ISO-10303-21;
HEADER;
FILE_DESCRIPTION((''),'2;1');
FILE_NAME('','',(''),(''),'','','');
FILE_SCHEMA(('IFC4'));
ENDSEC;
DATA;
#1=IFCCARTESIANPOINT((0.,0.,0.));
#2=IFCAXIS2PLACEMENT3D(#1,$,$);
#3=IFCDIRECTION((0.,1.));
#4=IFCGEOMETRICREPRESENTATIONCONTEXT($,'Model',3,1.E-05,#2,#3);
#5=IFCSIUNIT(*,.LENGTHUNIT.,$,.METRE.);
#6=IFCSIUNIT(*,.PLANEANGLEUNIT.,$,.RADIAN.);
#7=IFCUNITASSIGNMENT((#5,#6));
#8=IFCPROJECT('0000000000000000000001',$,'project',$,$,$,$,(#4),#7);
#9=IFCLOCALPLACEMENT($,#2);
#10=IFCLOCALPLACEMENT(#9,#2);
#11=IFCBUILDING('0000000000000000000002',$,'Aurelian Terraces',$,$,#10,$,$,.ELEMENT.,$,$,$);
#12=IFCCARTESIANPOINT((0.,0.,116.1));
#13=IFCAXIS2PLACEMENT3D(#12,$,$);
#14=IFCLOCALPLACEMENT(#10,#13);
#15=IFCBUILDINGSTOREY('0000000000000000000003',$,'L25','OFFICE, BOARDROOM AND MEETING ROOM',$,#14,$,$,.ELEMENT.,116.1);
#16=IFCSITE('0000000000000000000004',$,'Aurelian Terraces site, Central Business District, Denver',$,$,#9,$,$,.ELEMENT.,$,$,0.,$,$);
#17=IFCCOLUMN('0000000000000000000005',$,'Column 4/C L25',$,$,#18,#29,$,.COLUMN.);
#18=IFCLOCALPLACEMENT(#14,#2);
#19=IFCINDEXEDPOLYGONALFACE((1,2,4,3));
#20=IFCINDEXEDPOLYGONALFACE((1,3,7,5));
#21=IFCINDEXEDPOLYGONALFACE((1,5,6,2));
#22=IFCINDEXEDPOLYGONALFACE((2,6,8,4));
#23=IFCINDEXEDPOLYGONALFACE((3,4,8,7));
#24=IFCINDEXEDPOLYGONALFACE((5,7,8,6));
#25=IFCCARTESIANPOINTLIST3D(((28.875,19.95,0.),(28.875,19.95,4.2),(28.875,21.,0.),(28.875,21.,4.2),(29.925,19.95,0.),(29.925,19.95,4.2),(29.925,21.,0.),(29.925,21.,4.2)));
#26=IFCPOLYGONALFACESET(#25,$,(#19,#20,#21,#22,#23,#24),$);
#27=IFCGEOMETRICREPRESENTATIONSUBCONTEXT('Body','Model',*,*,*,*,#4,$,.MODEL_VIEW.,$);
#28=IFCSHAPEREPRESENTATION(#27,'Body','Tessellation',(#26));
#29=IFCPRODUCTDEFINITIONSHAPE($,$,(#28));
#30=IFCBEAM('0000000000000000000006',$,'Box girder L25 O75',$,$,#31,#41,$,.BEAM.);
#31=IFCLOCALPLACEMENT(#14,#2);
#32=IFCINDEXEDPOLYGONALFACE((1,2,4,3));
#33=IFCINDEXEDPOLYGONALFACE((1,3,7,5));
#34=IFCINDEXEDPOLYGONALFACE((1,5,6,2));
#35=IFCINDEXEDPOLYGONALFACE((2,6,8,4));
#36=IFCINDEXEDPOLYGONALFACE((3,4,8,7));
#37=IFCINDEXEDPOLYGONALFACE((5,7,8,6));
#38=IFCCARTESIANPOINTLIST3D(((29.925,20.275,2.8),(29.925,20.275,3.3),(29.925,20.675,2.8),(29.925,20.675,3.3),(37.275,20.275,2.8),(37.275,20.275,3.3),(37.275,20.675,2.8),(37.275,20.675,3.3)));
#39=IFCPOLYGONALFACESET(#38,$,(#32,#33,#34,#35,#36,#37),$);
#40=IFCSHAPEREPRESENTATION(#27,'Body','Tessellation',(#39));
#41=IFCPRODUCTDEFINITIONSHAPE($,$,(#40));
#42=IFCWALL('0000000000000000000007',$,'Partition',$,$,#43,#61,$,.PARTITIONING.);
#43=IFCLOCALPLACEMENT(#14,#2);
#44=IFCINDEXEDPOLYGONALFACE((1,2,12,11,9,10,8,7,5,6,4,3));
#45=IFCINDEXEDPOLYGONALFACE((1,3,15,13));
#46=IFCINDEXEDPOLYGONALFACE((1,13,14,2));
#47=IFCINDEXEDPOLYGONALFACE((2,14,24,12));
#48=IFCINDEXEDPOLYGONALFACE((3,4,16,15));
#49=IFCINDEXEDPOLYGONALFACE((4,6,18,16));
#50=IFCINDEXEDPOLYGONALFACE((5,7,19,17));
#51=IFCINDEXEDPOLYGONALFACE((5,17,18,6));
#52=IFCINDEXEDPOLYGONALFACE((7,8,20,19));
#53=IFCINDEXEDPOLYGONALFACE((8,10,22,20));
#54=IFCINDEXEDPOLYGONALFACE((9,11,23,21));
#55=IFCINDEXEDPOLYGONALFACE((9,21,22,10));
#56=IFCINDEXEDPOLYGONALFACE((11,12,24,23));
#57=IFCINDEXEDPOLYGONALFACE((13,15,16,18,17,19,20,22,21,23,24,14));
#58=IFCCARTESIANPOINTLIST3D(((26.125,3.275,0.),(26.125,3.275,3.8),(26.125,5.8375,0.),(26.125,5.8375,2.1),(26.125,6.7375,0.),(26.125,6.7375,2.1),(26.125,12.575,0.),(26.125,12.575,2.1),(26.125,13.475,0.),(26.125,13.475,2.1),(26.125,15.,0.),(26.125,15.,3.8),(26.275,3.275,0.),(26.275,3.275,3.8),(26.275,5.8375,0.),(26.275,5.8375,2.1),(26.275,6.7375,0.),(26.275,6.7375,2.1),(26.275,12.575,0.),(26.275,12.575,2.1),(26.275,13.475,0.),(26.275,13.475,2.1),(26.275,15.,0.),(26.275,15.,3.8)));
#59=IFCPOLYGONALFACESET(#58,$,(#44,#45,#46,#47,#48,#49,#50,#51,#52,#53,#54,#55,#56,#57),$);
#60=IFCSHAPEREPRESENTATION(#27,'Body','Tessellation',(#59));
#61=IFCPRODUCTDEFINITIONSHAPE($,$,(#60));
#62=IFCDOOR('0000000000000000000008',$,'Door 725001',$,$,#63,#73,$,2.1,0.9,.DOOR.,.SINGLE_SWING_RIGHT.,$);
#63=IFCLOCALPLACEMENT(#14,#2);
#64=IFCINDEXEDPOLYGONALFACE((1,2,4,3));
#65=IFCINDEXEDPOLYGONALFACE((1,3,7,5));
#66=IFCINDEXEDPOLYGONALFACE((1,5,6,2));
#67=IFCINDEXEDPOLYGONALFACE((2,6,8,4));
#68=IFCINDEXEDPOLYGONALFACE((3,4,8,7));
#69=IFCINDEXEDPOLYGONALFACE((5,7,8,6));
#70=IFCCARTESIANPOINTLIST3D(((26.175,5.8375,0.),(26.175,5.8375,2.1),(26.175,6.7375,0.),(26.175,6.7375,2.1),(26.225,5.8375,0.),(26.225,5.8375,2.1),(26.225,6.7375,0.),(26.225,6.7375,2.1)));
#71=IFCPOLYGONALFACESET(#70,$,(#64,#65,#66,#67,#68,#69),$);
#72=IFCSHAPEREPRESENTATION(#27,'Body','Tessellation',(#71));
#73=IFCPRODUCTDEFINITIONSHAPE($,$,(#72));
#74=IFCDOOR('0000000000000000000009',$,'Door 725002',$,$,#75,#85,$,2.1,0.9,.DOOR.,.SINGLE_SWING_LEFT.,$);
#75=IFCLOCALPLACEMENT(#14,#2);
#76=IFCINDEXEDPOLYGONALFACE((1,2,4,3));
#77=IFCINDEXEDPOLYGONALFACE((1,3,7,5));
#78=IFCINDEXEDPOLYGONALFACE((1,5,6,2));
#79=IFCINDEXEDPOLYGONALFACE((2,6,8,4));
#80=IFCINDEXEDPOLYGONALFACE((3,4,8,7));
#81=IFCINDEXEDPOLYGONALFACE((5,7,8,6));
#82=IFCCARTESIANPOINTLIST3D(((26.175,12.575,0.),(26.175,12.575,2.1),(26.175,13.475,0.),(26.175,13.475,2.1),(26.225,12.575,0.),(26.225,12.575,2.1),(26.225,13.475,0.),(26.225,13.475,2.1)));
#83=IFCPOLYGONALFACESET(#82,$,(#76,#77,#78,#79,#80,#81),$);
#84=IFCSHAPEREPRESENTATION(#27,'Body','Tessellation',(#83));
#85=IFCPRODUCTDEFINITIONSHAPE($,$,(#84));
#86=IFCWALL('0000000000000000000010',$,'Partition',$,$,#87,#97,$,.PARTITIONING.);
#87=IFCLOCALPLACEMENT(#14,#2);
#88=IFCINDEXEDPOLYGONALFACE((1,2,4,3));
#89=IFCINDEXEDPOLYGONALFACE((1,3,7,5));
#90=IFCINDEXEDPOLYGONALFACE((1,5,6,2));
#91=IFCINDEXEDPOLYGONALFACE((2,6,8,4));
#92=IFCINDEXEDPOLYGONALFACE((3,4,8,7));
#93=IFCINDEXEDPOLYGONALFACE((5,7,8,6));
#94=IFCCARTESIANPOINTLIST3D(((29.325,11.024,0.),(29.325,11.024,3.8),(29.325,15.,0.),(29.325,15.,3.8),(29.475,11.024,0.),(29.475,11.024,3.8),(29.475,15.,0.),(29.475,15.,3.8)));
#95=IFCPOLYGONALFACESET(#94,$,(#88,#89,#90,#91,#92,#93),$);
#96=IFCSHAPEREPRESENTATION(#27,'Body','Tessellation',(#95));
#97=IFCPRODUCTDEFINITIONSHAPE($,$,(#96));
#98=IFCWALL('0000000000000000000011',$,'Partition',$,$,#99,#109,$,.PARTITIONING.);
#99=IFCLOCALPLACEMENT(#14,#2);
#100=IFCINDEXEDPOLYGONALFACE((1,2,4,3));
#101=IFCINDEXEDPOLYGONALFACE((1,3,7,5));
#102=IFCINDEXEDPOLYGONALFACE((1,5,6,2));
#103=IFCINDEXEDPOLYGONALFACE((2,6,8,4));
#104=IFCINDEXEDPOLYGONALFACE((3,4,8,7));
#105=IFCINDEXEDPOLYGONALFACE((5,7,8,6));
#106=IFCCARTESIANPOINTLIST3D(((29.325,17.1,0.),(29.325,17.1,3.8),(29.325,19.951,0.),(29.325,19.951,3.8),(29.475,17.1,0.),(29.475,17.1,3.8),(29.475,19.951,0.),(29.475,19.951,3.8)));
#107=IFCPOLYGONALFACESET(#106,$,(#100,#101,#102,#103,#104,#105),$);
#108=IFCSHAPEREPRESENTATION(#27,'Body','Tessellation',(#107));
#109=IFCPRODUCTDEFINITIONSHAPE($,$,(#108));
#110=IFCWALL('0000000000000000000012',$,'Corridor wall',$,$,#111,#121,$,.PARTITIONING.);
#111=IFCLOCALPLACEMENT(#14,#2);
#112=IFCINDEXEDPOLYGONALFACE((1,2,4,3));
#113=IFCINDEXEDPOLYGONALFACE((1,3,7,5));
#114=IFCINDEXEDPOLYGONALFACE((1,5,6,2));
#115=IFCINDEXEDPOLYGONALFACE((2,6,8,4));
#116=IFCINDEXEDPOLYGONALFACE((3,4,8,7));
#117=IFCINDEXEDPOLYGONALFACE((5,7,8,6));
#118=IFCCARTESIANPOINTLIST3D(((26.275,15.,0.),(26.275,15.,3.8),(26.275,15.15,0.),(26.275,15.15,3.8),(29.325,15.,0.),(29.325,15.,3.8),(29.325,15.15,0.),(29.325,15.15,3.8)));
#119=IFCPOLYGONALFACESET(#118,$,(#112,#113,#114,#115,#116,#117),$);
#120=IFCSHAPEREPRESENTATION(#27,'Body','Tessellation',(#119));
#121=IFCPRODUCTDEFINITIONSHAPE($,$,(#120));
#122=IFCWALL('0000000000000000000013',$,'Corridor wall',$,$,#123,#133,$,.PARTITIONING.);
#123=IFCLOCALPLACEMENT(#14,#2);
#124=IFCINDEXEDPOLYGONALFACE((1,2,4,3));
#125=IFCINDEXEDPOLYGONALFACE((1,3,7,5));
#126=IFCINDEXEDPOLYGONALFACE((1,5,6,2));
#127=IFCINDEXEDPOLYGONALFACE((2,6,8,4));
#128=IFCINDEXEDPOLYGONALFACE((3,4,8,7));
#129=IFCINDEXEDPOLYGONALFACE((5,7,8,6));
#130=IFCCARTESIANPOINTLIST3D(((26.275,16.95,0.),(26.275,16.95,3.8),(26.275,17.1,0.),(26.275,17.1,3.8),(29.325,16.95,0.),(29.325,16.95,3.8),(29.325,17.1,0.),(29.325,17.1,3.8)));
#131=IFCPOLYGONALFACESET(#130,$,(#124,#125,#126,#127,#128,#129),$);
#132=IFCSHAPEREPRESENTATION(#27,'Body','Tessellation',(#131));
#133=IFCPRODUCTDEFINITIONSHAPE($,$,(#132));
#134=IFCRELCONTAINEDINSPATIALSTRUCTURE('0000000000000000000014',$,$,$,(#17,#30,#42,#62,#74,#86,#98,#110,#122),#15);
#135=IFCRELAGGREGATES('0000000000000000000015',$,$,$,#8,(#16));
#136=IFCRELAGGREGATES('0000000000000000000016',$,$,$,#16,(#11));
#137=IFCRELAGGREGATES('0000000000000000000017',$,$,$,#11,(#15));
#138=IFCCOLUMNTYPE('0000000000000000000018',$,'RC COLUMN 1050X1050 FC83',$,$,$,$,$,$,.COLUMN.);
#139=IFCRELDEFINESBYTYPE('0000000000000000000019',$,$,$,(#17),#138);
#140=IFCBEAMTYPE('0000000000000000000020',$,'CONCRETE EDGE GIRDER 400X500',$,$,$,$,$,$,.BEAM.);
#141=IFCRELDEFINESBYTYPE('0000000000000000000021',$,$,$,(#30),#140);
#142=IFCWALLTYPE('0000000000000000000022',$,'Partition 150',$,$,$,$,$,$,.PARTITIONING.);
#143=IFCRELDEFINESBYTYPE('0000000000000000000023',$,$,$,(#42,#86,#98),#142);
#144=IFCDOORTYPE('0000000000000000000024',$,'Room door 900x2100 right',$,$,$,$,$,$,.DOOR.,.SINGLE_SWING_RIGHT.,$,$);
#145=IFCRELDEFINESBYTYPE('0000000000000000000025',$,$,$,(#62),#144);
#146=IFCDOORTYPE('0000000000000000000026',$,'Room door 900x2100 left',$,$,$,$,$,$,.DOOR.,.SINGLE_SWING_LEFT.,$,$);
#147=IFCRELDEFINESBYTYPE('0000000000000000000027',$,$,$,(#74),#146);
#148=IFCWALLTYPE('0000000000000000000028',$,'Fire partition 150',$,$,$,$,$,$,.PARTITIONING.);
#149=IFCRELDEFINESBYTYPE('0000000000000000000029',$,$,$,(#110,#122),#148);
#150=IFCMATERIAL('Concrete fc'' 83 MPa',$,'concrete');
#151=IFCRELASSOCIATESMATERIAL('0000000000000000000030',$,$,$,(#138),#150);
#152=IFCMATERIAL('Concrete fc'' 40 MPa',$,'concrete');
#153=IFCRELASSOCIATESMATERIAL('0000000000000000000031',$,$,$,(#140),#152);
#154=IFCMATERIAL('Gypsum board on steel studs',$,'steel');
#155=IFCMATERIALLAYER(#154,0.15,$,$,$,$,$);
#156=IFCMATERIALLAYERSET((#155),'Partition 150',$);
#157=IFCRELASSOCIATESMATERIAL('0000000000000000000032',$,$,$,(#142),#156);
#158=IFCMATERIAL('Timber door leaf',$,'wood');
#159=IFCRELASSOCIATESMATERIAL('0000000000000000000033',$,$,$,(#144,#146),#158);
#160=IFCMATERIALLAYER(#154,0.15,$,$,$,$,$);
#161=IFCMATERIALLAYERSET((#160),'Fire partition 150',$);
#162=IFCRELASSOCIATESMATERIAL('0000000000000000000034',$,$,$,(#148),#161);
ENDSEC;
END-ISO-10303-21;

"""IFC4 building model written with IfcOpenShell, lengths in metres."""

from ifc_helpers import new_model, si_unit, direction, frame, frame_2d, origin, origin_2d, place, context, subcontext, project, spatial, rectangle, extrude, source, transform, mapped, material, layer, layer_set, material_profile, profile_set, type_object, element, fill, save


model = new_model("IFC4")

# Units and contexts
model_context = context("Model", 3, precision=1e-05, world=origin(), true_north=direction((0.0, 1.0)))
body_context = subcontext(model_context, "Body", "Model", "MODEL_VIEW")
ifc_project = project(units=[si_unit("LENGTHUNIT", "METRE"), si_unit("PLANEANGLEUNIT", "RADIAN")], contexts=[model_context])

# Site, building, storey
site_placement = place(None, origin())
site = spatial("IfcSite", under=ifc_project, at=site_placement, Name="Aurelian Terraces site, Central Business District, Denver", CompositionType="ELEMENT", RefElevation=0.0)
building_placement = place(site_placement, origin())
building = spatial("IfcBuilding", under=site, at=building_placement, Name="Aurelian Terraces", CompositionType="ELEMENT")
storey_placement = place(building_placement, frame((0.0, 0.0, 116.1)))
storey = spatial("IfcBuildingStorey", under=building, at=storey_placement, Name="L25", Description="OFFICE, BOARDROOM AND MEETING ROOM", CompositionType="ELEMENT", Elevation=116.1)

# Column
ifc_material_1 = material(Name="Concrete fc' 83 MPa", Category="concrete")
ifc_material_profile_1 = material_profile(ifc_material_1, rectangle(XDim=1.05, YDim=1.05, at=origin_2d()))
ifc_profile_set_1 = profile_set([ifc_material_profile_1], Name="Concrete fc' 83 MPa")
column_type = type_object("IfcColumnType", Name="RC COLUMN 1050X1050 FC83", PredefinedType="COLUMN", material=ifc_profile_set_1)
shared_shape_1 = source(origin(), body_context, "Body", "SweptSolid", [
    extrude(rectangle(XDim=1.05, YDim=1.05, at=origin_2d()), origin(), (0.0, 0.0, 1.0), 4.2),
])
column_placement = place(storey_placement, frame((29.4, 20.475, 0.0), z_axis=(0.0, 0.0, 1.0), x_axis=(1.0, 0.0, 0.0)))
element("IfcColumn", 1, at=column_placement, inside=storey, type_object=column_type, Name="Column 4/C L25", PredefinedType="COLUMN", context=body_context, shape_type="MappedRepresentation", body=[
    mapped(shared_shape_1, transform((0.0, 0.0, 0.0), scale=1.0)),
])

# Beam
ifc_material_2 = material(Name="Concrete fc' 40 MPa", Category="concrete")
ifc_material_profile_2 = material_profile(ifc_material_2, rectangle(XDim=0.4, YDim=0.5, at=origin_2d()))
ifc_profile_set_2 = profile_set([ifc_material_profile_2], Name="Concrete fc' 40 MPa")
beam_type = type_object("IfcBeamType", Name="CONCRETE EDGE GIRDER 400X500", PredefinedType="BEAM", material=ifc_profile_set_2)
shared_shape_2 = source(origin(), body_context, "Body", "SweptSolid", [
    extrude(rectangle(XDim=0.4, YDim=0.5, at=origin_2d()), origin(), (0.0, 0.0, 1.0), 7.35),
])
beam_placement = place(storey_placement, frame((29.925, 20.475, 3.05), z_axis=(1.0, 0.0, 0.0), x_axis=(0.0, 1.0, 0.0)))
element("IfcBeam", 2, at=beam_placement, inside=storey, type_object=beam_type, Name="Box girder L25 O75", PredefinedType="BEAM", context=body_context, shape_type="MappedRepresentation", body=[
    mapped(shared_shape_2, transform((0.0, 0.0, 0.0), scale=1.0)),
])

# Wall, openings, doors
ifc_material_3 = material(Name="Gypsum board on steel studs", Category="steel")
ifc_layer_1 = layer(ifc_material_3, 0.15)
ifc_layer_set_1 = layer_set([ifc_layer_1], Name="Partition 150")
wall_type_1 = type_object("IfcWallType", Name="Partition 150", PredefinedType="PARTITIONING", material=ifc_layer_set_1)
wall_1_placement = place(storey_placement, frame((26.2, 15.0, 0.0), z_axis=(0.0, 0.0, 1.0), x_axis=(0.0, -1.0, 0.0)))
wall_1 = element("IfcWall", 3, at=wall_1_placement, inside=storey, type_object=wall_type_1, Name="Partition", PredefinedType="PARTITIONING", context=body_context, shape_type="SweptSolid", body=[
    extrude(rectangle(XDim=11.725, YDim=0.15, at=frame_2d((5.8625, 0.0))), origin(), (0.0, 0.0, 1.0), 3.8),
])
shared_shape_3 = source(origin(), body_context, "Body", "SweptSolid", [
    extrude(rectangle(XDim=0.9, YDim=2.1, at=frame_2d((0.45, 1.05))), frame((0.0, 0.085, 0.0), z_axis=(0.0, -1.0, 0.0), x_axis=(1.0, 0.0, 0.0)), (0.0, 0.0, 1.0), 0.17),
])
opening_1_placement = place(wall_1_placement, frame((8.2625, 0.0, 0.0)))
opening_1 = element("IfcOpeningElement", 4, at=opening_1_placement, cuts=wall_1, PredefinedType="OPENING", context=body_context, shape_type="MappedRepresentation", body=[
    mapped(shared_shape_3, transform((0.0, 0.0, 0.0), scale=1.0)),
])
opening_2_placement = place(wall_1_placement, frame((1.525, 0.0, 0.0)))
opening_2 = element("IfcOpeningElement", 5, at=opening_2_placement, cuts=wall_1, PredefinedType="OPENING", context=body_context, shape_type="MappedRepresentation", body=[
    mapped(shared_shape_3, transform((0.0, 0.0, 0.0), scale=1.0)),
])
ifc_material_4 = material(Name="Timber door leaf", Category="wood")
door_type_1 = type_object("IfcDoorType", Name="Room door 900x2100 right", OperationType="SINGLE_SWING_RIGHT", PredefinedType="DOOR", material=ifc_material_4)
shared_shape_4 = source(origin(), body_context, "Body", "SweptSolid", [
    extrude(rectangle(XDim=0.9, YDim=2.1, at=frame_2d((0.45, 1.05))), frame((0.0, 0.025, 0.0), z_axis=(0.0, -1.0, 0.0), x_axis=(1.0, 0.0, 0.0)), (0.0, 0.0, 1.0), 0.05),
])
door_1_placement = place(opening_1_placement, origin())
door_1 = element("IfcDoor", 6, at=door_1_placement, inside=storey, type_object=door_type_1, Name="Door 725001", OperationType="SINGLE_SWING_RIGHT", OverallHeight=2.1, OverallWidth=0.9, PredefinedType="DOOR", context=body_context, shape_type="MappedRepresentation", body=[
    mapped(shared_shape_4, transform((0.0, 0.0, 0.0), scale=1.0)),
])
fill(opening_1, door_1)
door_type_2 = type_object("IfcDoorType", Name="Room door 900x2100 left", OperationType="SINGLE_SWING_LEFT", PredefinedType="DOOR", material=ifc_material_4)
door_2_placement = place(opening_2_placement, origin())
door_2 = element("IfcDoor", 7, at=door_2_placement, inside=storey, type_object=door_type_2, Name="Door 725002", OperationType="SINGLE_SWING_LEFT", OverallHeight=2.1, OverallWidth=0.9, PredefinedType="DOOR", context=body_context, shape_type="MappedRepresentation", body=[
    mapped(shared_shape_4, transform((0.0, 0.0, 0.0), scale=1.0)),
])
fill(opening_2, door_2)
ifc_layer_2 = layer(ifc_material_3, 0.15)
ifc_layer_set_2 = layer_set([ifc_layer_2], Name="Fire partition 150")
wall_type_2 = type_object("IfcWallType", Name="Fire partition 150", PredefinedType="PARTITIONING", material=ifc_layer_set_2)

# Walls
shared_shape_5 = source(origin(), body_context, "Body", "SweptSolid", [
    extrude(rectangle(XDim=3.976, YDim=0.15, at=frame_2d((1.988, 0.0))), origin(), (0.0, 0.0, 1.0), 3.8),
])
wall_2_placement = place(storey_placement, frame((29.4, 11.024, 0.0), z_axis=(0.0, 0.0, 1.0), x_axis=(0.0, 1.0, 0.0)))
element("IfcWall", 8, at=wall_2_placement, inside=storey, type_object=wall_type_1, Name="Partition", PredefinedType="PARTITIONING", context=body_context, shape_type="MappedRepresentation", body=[
    mapped(shared_shape_5, transform((0.0, 0.0, 0.0), scale=1.0)),
])
shared_shape_6 = source(origin(), body_context, "Body", "SweptSolid", [
    extrude(rectangle(XDim=2.851, YDim=0.15, at=frame_2d((1.4255, 0.0))), origin(), (0.0, 0.0, 1.0), 3.8),
])
wall_3_placement = place(storey_placement, frame((29.4, 17.1, 0.0), z_axis=(0.0, 0.0, 1.0), x_axis=(0.0, 1.0, 0.0)))
element("IfcWall", 9, at=wall_3_placement, inside=storey, type_object=wall_type_1, Name="Partition", PredefinedType="PARTITIONING", context=body_context, shape_type="MappedRepresentation", body=[
    mapped(shared_shape_6, transform((0.0, 0.0, 0.0), scale=1.0)),
])
shared_shape_7 = source(origin(), body_context, "Body", "SweptSolid", [
    extrude(rectangle(XDim=3.05, YDim=0.15, at=frame_2d((1.525, 0.0))), origin(), (0.0, 0.0, 1.0), 3.8),
])
for number, where, z_axis, x_axis, name in (
    (10, (29.325, 15.075, 0.0), (0.0, 0.0, 1.0), (-1.0, 0.0, 0.0), "Corridor wall"),
    (11, (26.275, 17.025, 0.0), (0.0, 0.0, 1.0), (1.0, 0.0, 0.0), "Corridor wall"),
):
    element("IfcWall", number, at=place(storey_placement, frame(where, z_axis=z_axis, x_axis=x_axis)), inside=storey, type_object=wall_type_2, Name=name, PredefinedType="PARTITIONING", context=body_context, shape_type="MappedRepresentation", body=[
        mapped(shared_shape_7, transform((0.0, 0.0, 0.0), scale=1.0)),
    ])

save(model, "model.ifc")
